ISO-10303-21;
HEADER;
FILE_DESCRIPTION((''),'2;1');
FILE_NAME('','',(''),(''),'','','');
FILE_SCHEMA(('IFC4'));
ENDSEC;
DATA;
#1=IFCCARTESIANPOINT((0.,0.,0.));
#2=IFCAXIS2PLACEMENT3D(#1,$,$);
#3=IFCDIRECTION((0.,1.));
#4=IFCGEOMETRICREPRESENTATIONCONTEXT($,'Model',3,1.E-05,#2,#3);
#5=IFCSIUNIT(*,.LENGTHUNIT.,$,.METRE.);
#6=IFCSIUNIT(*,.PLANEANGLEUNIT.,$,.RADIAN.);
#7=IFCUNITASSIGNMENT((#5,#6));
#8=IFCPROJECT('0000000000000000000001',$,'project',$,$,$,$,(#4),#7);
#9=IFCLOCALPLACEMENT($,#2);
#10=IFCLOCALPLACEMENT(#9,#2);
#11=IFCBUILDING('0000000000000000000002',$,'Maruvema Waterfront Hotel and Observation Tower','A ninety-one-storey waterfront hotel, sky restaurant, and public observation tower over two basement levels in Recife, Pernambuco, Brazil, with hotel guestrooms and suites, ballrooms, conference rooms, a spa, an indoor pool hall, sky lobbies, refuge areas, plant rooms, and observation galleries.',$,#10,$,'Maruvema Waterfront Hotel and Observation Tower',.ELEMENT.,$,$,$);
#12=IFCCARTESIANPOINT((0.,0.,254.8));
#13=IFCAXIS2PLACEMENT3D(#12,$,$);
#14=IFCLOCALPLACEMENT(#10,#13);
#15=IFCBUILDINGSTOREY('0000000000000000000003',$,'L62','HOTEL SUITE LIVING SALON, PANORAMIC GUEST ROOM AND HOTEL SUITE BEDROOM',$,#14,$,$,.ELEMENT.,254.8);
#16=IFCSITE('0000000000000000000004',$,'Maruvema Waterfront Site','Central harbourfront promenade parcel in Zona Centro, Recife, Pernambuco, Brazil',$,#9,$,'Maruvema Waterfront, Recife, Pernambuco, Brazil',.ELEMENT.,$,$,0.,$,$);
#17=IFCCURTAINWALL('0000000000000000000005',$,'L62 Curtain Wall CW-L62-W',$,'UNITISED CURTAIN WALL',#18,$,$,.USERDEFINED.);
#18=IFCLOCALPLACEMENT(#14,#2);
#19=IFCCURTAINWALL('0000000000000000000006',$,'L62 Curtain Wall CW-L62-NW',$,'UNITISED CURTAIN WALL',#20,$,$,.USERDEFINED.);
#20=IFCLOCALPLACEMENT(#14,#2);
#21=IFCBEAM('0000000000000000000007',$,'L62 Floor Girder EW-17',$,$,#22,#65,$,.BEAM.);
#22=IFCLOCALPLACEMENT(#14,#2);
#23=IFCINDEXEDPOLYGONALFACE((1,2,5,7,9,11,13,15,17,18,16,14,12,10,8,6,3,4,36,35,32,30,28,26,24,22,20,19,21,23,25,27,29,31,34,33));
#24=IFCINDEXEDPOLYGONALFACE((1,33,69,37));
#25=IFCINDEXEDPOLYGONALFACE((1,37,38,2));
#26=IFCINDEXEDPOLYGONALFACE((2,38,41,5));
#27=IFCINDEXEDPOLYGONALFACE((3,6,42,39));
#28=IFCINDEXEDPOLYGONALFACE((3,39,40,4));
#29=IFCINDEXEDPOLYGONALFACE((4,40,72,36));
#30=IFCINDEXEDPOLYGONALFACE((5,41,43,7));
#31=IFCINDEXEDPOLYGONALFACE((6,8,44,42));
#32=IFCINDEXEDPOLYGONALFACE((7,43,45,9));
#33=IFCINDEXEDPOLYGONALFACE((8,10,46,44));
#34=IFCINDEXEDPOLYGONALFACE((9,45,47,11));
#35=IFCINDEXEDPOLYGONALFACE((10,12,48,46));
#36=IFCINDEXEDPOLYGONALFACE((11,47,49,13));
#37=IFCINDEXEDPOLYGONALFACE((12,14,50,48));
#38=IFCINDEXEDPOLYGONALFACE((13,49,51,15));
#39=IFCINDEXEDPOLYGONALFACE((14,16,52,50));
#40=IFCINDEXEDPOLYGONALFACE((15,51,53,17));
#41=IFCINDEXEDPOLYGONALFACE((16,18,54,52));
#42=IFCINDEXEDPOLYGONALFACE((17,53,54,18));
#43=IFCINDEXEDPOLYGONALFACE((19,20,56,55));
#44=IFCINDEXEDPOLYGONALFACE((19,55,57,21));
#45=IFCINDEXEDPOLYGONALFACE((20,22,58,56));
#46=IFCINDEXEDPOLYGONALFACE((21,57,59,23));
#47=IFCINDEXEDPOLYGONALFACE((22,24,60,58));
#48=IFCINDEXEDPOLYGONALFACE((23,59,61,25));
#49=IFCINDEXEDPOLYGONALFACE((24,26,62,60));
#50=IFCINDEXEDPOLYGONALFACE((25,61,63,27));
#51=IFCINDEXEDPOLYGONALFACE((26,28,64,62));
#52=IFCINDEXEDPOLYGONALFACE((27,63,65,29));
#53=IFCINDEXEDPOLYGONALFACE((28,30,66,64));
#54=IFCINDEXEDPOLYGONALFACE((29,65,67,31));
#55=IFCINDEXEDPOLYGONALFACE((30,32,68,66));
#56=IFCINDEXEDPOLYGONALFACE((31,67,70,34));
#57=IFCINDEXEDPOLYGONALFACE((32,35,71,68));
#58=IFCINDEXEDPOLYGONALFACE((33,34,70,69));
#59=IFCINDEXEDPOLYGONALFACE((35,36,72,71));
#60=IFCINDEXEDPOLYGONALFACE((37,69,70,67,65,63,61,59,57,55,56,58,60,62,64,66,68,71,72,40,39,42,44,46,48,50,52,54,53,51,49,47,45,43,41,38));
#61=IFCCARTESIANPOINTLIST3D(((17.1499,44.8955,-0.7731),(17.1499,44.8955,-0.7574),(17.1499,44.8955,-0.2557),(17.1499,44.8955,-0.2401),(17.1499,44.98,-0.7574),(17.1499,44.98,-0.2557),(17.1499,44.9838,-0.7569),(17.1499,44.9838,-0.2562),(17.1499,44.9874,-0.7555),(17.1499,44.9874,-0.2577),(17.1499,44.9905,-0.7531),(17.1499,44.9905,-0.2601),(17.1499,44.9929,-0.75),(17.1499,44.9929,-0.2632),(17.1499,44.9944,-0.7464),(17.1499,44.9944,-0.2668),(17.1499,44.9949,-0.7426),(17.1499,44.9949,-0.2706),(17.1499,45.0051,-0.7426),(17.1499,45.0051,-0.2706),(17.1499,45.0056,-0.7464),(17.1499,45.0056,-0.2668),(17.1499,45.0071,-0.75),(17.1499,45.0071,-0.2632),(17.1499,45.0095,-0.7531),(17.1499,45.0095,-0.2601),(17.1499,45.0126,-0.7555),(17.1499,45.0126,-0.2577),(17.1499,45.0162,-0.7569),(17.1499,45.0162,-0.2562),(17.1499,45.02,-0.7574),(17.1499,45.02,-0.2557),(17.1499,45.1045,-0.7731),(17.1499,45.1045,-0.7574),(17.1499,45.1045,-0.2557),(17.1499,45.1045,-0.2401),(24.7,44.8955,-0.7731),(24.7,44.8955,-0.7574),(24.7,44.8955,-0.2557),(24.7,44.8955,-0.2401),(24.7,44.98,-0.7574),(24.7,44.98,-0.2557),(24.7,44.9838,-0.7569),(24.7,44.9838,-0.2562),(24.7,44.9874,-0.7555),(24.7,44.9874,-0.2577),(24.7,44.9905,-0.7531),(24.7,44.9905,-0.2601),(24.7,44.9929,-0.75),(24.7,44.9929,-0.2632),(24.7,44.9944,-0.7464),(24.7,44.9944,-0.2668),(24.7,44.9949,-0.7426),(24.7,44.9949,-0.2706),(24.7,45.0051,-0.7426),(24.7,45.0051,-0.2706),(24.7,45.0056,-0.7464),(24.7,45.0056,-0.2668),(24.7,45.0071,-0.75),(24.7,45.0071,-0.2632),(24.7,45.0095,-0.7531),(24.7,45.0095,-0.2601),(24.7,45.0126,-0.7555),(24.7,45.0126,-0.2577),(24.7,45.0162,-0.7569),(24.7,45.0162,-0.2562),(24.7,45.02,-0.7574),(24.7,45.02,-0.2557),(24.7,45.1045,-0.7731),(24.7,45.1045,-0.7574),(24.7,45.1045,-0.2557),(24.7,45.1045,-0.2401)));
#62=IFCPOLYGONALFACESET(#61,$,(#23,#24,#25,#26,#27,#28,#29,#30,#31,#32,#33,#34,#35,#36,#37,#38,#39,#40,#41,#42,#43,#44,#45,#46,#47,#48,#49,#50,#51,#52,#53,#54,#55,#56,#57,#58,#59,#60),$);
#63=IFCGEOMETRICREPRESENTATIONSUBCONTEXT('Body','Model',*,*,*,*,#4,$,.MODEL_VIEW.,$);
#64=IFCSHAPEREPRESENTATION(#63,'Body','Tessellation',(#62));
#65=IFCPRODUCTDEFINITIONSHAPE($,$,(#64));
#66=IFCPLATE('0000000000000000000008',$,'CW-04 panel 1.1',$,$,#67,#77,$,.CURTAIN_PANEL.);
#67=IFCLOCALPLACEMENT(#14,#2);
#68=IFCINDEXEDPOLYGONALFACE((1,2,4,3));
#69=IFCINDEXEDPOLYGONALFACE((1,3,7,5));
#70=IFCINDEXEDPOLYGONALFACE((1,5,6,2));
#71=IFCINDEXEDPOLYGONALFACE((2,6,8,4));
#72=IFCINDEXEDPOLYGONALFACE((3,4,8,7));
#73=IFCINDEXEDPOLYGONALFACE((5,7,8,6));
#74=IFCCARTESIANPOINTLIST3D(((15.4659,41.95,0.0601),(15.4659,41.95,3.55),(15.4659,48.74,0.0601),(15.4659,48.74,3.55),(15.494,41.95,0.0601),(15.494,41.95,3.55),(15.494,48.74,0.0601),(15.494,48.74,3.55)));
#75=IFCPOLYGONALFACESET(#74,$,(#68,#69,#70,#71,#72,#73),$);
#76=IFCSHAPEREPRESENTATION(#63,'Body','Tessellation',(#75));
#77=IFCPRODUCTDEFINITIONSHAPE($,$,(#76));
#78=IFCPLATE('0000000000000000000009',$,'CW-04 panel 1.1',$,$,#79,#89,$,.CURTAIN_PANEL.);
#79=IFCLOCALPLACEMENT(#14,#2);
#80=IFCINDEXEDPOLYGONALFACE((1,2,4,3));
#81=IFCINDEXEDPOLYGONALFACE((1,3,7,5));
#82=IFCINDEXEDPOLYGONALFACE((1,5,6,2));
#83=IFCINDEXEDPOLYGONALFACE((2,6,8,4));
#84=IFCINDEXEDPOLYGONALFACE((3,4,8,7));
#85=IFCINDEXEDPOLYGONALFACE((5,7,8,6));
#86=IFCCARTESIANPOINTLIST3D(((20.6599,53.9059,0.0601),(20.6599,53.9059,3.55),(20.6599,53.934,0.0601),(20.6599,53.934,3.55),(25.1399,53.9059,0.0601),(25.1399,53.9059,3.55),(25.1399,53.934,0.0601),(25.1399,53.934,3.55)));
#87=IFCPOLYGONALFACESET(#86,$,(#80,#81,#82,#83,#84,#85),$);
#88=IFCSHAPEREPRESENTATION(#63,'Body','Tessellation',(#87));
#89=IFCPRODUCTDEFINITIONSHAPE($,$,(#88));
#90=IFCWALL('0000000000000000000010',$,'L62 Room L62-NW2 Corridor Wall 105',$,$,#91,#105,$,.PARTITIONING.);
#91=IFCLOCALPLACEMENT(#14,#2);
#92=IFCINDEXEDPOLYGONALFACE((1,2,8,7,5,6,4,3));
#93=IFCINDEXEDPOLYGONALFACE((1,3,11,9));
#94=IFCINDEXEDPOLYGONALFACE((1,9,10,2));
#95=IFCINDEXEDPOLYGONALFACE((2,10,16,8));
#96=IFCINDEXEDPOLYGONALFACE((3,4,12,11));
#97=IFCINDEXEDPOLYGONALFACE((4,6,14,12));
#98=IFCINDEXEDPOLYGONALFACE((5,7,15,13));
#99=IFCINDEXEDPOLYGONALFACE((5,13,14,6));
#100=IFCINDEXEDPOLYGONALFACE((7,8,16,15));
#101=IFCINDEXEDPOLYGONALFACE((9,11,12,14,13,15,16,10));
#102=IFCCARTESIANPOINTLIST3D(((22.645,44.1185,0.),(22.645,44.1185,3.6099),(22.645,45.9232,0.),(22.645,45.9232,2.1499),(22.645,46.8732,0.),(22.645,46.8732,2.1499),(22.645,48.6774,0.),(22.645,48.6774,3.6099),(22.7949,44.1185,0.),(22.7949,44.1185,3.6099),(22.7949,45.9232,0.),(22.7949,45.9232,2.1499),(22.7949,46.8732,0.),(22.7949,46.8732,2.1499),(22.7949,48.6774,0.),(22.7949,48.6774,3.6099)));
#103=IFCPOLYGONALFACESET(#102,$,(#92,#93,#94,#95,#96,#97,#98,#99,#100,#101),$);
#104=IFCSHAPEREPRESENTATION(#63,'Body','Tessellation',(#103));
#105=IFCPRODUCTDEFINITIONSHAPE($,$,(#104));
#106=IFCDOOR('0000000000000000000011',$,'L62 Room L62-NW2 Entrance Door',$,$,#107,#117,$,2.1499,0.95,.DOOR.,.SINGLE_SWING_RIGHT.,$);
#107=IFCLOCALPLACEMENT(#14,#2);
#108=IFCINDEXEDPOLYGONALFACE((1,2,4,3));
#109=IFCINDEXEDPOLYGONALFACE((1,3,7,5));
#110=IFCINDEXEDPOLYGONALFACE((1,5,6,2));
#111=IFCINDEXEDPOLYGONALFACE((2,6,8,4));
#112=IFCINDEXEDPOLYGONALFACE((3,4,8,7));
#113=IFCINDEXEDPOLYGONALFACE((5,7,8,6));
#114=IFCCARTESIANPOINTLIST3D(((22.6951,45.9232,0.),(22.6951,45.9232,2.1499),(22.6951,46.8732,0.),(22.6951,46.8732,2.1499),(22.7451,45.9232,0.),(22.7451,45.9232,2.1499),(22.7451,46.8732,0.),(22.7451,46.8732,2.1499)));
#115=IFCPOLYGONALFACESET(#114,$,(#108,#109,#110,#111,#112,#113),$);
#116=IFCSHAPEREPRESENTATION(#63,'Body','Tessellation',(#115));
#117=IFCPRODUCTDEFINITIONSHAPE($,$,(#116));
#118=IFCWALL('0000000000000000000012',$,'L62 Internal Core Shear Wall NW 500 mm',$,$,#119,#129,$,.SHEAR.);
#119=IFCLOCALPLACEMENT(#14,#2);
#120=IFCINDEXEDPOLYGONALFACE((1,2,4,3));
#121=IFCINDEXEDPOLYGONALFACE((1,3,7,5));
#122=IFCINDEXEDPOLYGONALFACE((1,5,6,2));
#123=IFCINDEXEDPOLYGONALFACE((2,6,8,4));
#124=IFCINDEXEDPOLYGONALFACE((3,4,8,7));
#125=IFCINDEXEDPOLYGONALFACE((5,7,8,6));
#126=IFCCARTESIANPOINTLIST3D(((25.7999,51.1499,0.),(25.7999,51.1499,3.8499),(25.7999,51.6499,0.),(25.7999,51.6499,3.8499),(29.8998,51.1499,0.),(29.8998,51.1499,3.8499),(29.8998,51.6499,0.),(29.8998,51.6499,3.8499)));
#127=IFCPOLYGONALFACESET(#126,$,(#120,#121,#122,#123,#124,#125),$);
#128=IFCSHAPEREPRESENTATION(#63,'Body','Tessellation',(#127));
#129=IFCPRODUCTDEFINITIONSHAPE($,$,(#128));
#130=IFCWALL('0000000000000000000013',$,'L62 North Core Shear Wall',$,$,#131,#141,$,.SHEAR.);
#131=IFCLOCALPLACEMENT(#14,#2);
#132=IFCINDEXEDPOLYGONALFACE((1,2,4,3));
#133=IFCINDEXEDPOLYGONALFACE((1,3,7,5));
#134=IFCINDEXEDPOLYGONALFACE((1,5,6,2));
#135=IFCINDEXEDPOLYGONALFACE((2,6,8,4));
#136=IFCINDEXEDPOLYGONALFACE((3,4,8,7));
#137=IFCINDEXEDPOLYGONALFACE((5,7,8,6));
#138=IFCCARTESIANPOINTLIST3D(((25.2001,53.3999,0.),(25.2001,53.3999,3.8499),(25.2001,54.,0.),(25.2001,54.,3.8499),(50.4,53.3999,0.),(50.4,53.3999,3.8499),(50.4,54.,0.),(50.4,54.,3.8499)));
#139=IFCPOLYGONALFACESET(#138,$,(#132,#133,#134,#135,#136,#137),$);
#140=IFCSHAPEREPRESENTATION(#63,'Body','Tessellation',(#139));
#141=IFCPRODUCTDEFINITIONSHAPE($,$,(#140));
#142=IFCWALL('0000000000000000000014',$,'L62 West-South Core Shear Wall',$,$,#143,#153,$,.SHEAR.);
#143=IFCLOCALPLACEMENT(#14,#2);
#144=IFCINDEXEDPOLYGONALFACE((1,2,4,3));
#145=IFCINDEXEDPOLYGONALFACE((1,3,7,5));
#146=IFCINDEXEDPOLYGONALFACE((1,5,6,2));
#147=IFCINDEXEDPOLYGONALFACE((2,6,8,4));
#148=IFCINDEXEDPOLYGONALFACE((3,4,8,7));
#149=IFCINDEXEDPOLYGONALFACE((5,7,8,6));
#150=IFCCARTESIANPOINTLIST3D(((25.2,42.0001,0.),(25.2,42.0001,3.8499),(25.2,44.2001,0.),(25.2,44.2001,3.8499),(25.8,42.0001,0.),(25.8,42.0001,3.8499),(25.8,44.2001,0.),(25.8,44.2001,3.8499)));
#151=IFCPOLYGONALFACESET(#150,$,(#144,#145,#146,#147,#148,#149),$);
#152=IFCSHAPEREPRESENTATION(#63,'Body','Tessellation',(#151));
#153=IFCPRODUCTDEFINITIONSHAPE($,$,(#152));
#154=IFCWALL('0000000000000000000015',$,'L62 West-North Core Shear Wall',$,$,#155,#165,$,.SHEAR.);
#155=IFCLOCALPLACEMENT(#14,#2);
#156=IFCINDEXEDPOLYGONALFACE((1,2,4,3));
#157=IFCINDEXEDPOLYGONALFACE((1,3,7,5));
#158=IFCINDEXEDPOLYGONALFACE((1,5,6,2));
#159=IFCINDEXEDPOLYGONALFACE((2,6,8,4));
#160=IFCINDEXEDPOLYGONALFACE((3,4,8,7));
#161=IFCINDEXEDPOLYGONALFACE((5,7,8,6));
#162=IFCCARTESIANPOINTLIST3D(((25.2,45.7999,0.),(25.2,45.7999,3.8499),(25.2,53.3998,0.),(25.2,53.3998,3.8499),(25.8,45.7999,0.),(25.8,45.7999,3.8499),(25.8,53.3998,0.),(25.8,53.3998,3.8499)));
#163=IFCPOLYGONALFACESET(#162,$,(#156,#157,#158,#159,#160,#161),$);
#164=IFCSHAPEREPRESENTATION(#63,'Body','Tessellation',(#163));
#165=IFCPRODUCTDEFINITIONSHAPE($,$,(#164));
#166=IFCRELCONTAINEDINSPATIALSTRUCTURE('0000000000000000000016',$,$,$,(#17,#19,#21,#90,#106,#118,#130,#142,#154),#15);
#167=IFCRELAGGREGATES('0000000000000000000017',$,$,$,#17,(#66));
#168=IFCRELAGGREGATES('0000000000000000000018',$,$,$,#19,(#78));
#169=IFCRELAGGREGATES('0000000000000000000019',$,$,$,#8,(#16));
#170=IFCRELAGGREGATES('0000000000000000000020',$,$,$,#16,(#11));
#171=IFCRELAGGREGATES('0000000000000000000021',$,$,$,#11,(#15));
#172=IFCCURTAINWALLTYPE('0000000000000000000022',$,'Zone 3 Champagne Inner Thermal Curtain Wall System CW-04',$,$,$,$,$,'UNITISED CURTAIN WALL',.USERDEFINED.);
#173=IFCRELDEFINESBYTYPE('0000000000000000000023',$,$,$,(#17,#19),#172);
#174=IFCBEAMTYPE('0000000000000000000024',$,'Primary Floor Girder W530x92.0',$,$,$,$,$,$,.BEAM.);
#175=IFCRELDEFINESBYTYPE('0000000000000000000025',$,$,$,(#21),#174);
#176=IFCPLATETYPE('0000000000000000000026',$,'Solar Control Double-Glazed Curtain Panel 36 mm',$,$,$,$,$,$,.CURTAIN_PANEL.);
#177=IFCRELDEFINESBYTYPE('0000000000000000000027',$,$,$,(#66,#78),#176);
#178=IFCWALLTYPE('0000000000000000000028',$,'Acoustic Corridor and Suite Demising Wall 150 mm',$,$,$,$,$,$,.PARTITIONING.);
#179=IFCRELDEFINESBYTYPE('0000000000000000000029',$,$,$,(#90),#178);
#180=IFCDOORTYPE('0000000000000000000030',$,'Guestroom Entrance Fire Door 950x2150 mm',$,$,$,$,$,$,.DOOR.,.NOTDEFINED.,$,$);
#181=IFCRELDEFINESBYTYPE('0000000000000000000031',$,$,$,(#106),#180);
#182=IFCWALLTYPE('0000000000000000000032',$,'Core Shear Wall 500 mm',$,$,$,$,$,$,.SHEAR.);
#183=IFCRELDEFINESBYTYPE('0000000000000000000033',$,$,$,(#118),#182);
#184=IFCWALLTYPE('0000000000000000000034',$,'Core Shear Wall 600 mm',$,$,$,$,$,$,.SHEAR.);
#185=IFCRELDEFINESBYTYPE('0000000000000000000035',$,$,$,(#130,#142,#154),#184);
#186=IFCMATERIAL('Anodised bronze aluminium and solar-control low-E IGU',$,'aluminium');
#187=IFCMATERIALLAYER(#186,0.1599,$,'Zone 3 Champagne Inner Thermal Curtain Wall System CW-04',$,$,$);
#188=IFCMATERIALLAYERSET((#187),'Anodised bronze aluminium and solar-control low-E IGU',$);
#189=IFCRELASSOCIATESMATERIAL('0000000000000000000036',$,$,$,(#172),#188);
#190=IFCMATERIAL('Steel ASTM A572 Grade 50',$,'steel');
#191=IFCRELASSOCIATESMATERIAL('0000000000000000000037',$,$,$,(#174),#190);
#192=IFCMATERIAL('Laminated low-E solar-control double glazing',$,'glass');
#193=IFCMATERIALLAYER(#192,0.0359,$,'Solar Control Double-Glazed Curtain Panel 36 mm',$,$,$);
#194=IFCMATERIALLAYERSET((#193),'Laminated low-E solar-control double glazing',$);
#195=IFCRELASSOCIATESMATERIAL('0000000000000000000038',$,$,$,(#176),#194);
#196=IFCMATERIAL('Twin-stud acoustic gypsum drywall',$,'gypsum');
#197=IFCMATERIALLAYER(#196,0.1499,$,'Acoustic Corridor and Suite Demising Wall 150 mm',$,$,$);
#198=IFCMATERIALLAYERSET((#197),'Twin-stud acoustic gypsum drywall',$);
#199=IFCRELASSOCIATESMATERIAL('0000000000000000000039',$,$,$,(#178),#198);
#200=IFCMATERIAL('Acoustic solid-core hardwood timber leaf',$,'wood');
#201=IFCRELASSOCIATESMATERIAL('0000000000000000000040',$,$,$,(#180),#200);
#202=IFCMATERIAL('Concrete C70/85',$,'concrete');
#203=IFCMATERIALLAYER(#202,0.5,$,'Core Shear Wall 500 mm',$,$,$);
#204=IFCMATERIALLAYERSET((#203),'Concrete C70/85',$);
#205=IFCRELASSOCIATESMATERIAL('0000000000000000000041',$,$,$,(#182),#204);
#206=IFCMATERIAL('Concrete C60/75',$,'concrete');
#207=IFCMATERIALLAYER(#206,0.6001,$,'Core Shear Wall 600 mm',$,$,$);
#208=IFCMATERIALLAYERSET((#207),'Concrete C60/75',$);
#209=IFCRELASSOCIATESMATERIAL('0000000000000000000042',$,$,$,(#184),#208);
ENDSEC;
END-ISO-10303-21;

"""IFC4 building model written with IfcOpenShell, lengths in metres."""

from ifc_helpers import new_model, si_unit, direction, frame, frame_2d, origin, origin_2d, place, context, subcontext, project, spatial, rectangle, i_section, extrude, material, layer, layer_set, material_profile, profile_set, type_object, element, fill, aggregate, save


model = new_model("IFC4")

# Units and contexts
model_context = context("Model", 3, precision=1e-05, world=origin(), true_north=direction((0.0, 1.0)))
body_context = subcontext(model_context, "Body", "Model", "MODEL_VIEW")
ifc_project = project(units=[si_unit("LENGTHUNIT", "METRE"), si_unit("PLANEANGLEUNIT", "RADIAN")], contexts=[model_context])

# Site, building, storey
site_placement = place(None, origin())
site = spatial("IfcSite", under=ifc_project, at=site_placement, Name="Maruvema Waterfront Site", Description="Central harbourfront promenade parcel in Zona Centro, Recife, Pernambuco, Brazil", LongName="Maruvema Waterfront, Recife, Pernambuco, Brazil", CompositionType="ELEMENT", RefElevation=0.0)
building_placement = place(site_placement, origin())
building = spatial("IfcBuilding", under=site, at=building_placement, Name="Maruvema Waterfront Hotel and Observation Tower", Description="A ninety-one-storey waterfront hotel, sky restaurant, and public observation tower over two basement levels in Recife, Pernambuco, Brazil, with hotel guestrooms and suites, ballrooms, conference rooms, a spa, an indoor pool hall, sky lobbies, refuge areas, plant rooms, and observation galleries.", LongName="Maruvema Waterfront Hotel and Observation Tower", CompositionType="ELEMENT")
storey_placement = place(building_placement, frame((0.0, 0.0, 254.8)))
storey = spatial("IfcBuildingStorey", under=building, at=storey_placement, Name="L62", Description="HOTEL SUITE LIVING SALON, PANORAMIC GUEST ROOM AND HOTEL SUITE BEDROOM", CompositionType="ELEMENT", Elevation=254.8)

# Curtain walls
ifc_material_1 = material(Name="Anodised bronze aluminium and solar-control low-E IGU", Category="aluminium")
ifc_layer_1 = layer(ifc_material_1, 0.1599, Name="Zone 3 Champagne Inner Thermal Curtain Wall System CW-04")
ifc_layer_set_1 = layer_set([ifc_layer_1], Name="Anodised bronze aluminium and solar-control low-E IGU")
curtain_wall_type = type_object("IfcCurtainWallType", Name="Zone 3 Champagne Inner Thermal Curtain Wall System CW-04", ElementType="UNITISED CURTAIN WALL", PredefinedType="USERDEFINED", material=ifc_layer_set_1)
curtain_wall_1_placement = place(storey_placement, origin())
curtain_wall_1 = element("IfcCurtainWall", 1, at=curtain_wall_1_placement, inside=storey, type_object=curtain_wall_type, Name="L62 Curtain Wall CW-L62-W", ObjectType="UNITISED CURTAIN WALL", PredefinedType="USERDEFINED")
curtain_wall_2_placement = place(storey_placement, origin())
curtain_wall_2 = element("IfcCurtainWall", 2, at=curtain_wall_2_placement, inside=storey, type_object=curtain_wall_type, Name="L62 Curtain Wall CW-L62-NW", ObjectType="UNITISED CURTAIN WALL", PredefinedType="USERDEFINED")

# Beam
ifc_material_2 = material(Name="Steel ASTM A572 Grade 50", Category="steel")
ifc_material_profile_1 = material_profile(ifc_material_2, i_section(OverallWidth=0.209, OverallDepth=0.533, WebThickness=0.0103, FlangeThickness=0.0156, FilletRadius=0.0149, at=origin_2d()), Name="W530x92.0")
ifc_profile_set_1 = profile_set([ifc_material_profile_1], Name="Steel ASTM A572 Grade 50")
beam_type = type_object("IfcBeamType", Name="Primary Floor Girder W530x92.0", PredefinedType="BEAM", material=ifc_profile_set_1)
beam_placement = place(storey_placement, frame((17.1499, 45.0, -0.5066), z_axis=(1.0, 0.0, 0.0), x_axis=(0.0, 1.0, 0.0)))
element("IfcBeam", 3, at=beam_placement, inside=storey, type_object=beam_type, Name="L62 Floor Girder EW-17", PredefinedType="BEAM", context=body_context, shape_type="SweptSolid", body=[
    extrude(i_section(OverallWidth=0.209, OverallDepth=0.533, WebThickness=0.0103, FlangeThickness=0.0156, FilletRadius=0.0149, at=origin_2d()), origin(), (0.0, 0.0, 1.0), 7.55),
])

# Plates
ifc_material_3 = material(Name="Laminated low-E solar-control double glazing", Category="glass")
ifc_layer_2 = layer(ifc_material_3, 0.0359, Name="Solar Control Double-Glazed Curtain Panel 36 mm")
ifc_layer_set_2 = layer_set([ifc_layer_2], Name="Laminated low-E solar-control double glazing")
plate_type = type_object("IfcPlateType", Name="Solar Control Double-Glazed Curtain Panel 36 mm", PredefinedType="CURTAIN_PANEL", material=ifc_layer_set_2)
plate_1_placement = place(storey_placement, frame((15.48, 45.345, 0.0601), z_axis=(0.0, 0.0, 1.0), x_axis=(0.0, -1.0, 0.0)))
plate_1 = element("IfcPlate", 4, at=plate_1_placement, type_object=plate_type, Name="CW-04 panel 1.1", PredefinedType="CURTAIN_PANEL", context=body_context, shape_type="SweptSolid", body=[
    extrude(rectangle(XDim=6.79, YDim=0.0281, at=origin_2d()), origin(), (0.0, 0.0, 1.0), 3.49),
])
aggregate(curtain_wall_1, [plate_1])
plate_2_placement = place(storey_placement, frame((22.8999, 53.9199, 0.0601), z_axis=(0.0, 0.0, 1.0), x_axis=(-1.0, 0.0, 0.0)))
plate_2 = element("IfcPlate", 5, at=plate_2_placement, type_object=plate_type, Name="CW-04 panel 1.1", PredefinedType="CURTAIN_PANEL", context=body_context, shape_type="SweptSolid", body=[
    extrude(rectangle(XDim=4.48, YDim=0.0281, at=origin_2d()), origin(), (0.0, 0.0, 1.0), 3.49),
])
aggregate(curtain_wall_2, [plate_2])

# Wall, opening, door
ifc_material_4 = material(Name="Twin-stud acoustic gypsum drywall", Category="gypsum")
ifc_layer_3 = layer(ifc_material_4, 0.1499, Name="Acoustic Corridor and Suite Demising Wall 150 mm")
ifc_layer_set_3 = layer_set([ifc_layer_3], Name="Twin-stud acoustic gypsum drywall")
wall_type_1 = type_object("IfcWallType", Name="Acoustic Corridor and Suite Demising Wall 150 mm", PredefinedType="PARTITIONING", material=ifc_layer_set_3)
wall_1_placement = place(storey_placement, frame((22.72, 44.1187, 0.0), z_axis=(0.0, 0.0, 1.0), x_axis=(0.0, 1.0, 0.0)))
wall_1 = element("IfcWall", 6, at=wall_1_placement, inside=storey, type_object=wall_type_1, Name="L62 Room L62-NW2 Corridor Wall 105", PredefinedType="PARTITIONING", context=body_context, shape_type="SweptSolid", body=[
    extrude(rectangle(XDim=4.5588, YDim=0.1499, at=frame_2d((2.2793, 0.0))), origin(), (0.0, 0.0, 1.0), 3.6099),
])
opening_1_placement = place(wall_1_placement, frame((1.8044, 0.0, 0.0)))
opening_1 = element("IfcOpeningElement", 7, at=opening_1_placement, cuts=wall_1, PredefinedType="OPENING", context=body_context, shape_type="SweptSolid", body=[
    extrude(rectangle(XDim=0.95, YDim=2.1499, at=frame_2d((0.4751, 1.075))), frame((0.0, 0.085, 0.0), z_axis=(0.0, -1.0, 0.0), x_axis=(1.0, 0.0, 0.0)), (0.0, 0.0, 1.0), 0.1699),
])
ifc_material_5 = material(Name="Acoustic solid-core hardwood timber leaf", Category="wood")
door_type_1 = type_object("IfcDoorType", Name="Guestroom Entrance Fire Door 950x2150 mm", OperationType="NOTDEFINED", PredefinedType="DOOR", material=ifc_material_5)
door_1_placement = place(opening_1_placement, origin())
door_1 = element("IfcDoor", 8, at=door_1_placement, inside=storey, type_object=door_type_1, Name="L62 Room L62-NW2 Entrance Door", OperationType="SINGLE_SWING_RIGHT", OverallHeight=2.1499, OverallWidth=0.95, PredefinedType="DOOR", context=body_context, shape_type="SweptSolid", body=[
    extrude(rectangle(XDim=0.95, YDim=2.1499, at=frame_2d((0.4751, 1.075))), frame((0.0, 0.0249, 0.0), z_axis=(0.0, -1.0, 0.0), x_axis=(1.0, 0.0, 0.0)), (0.0, 0.0, 1.0), 0.05),
])
fill(opening_1, door_1)

# Walls
ifc_material_6 = material(Name="Concrete C70/85", Category="concrete")
ifc_layer_4 = layer(ifc_material_6, 0.5, Name="Core Shear Wall 500 mm")
ifc_layer_set_4 = layer_set([ifc_layer_4], Name="Concrete C70/85")
wall_type_2 = type_object("IfcWallType", Name="Core Shear Wall 500 mm", PredefinedType="SHEAR", material=ifc_layer_set_4)
wall_2_placement = place(storey_placement, frame((25.8, 51.3999, 0.0), z_axis=(0.0, 0.0, 1.0), x_axis=(1.0, 0.0, 0.0)))
element("IfcWall", 9, at=wall_2_placement, inside=storey, type_object=wall_type_2, Name="L62 Internal Core Shear Wall NW 500 mm", PredefinedType="SHEAR", context=body_context, shape_type="SweptSolid", body=[
    extrude(rectangle(XDim=4.0999, YDim=0.5, at=frame_2d((2.0498, 0.0))), origin(), (0.0, 0.0, 1.0), 3.8499),
])
ifc_material_7 = material(Name="Concrete C60/75", Category="concrete")
ifc_layer_5 = layer(ifc_material_7, 0.6001, Name="Core Shear Wall 600 mm")
ifc_layer_set_5 = layer_set([ifc_layer_5], Name="Concrete C60/75")
wall_type_3 = type_object("IfcWallType", Name="Core Shear Wall 600 mm", PredefinedType="SHEAR", material=ifc_layer_set_5)
wall_3_placement = place(storey_placement, frame((25.2, 53.7, 0.0), z_axis=(0.0, 0.0, 1.0), x_axis=(1.0, 0.0, 0.0)))
element("IfcWall", 10, at=wall_3_placement, inside=storey, type_object=wall_type_3, Name="L62 North Core Shear Wall", PredefinedType="SHEAR", context=body_context, shape_type="SweptSolid", body=[
    extrude(rectangle(XDim=25.2, YDim=0.6001, at=frame_2d((12.6001, 0.0))), origin(), (0.0, 0.0, 1.0), 3.8499),
])
wall_4_placement = place(storey_placement, frame((25.5, 42.0, 0.0), z_axis=(0.0, 0.0, 1.0), x_axis=(0.0, 1.0, 0.0)))
element("IfcWall", 11, at=wall_4_placement, inside=storey, type_object=wall_type_3, Name="L62 West-South Core Shear Wall", PredefinedType="SHEAR", context=body_context, shape_type="SweptSolid", body=[
    extrude(rectangle(XDim=2.2, YDim=0.6001, at=frame_2d((1.1001, 0.0))), origin(), (0.0, 0.0, 1.0), 3.8499),
])
wall_5_placement = place(storey_placement, frame((25.5, 45.8, 0.0), z_axis=(0.0, 0.0, 1.0), x_axis=(0.0, 1.0, 0.0)))
element("IfcWall", 12, at=wall_5_placement, inside=storey, type_object=wall_type_3, Name="L62 West-North Core Shear Wall", PredefinedType="SHEAR", context=body_context, shape_type="SweptSolid", body=[
    extrude(rectangle(XDim=7.5999, YDim=0.6001, at=frame_2d((3.7998, 0.0))), origin(), (0.0, 0.0, 1.0), 3.8499),
])

save(model, "model.ifc")
